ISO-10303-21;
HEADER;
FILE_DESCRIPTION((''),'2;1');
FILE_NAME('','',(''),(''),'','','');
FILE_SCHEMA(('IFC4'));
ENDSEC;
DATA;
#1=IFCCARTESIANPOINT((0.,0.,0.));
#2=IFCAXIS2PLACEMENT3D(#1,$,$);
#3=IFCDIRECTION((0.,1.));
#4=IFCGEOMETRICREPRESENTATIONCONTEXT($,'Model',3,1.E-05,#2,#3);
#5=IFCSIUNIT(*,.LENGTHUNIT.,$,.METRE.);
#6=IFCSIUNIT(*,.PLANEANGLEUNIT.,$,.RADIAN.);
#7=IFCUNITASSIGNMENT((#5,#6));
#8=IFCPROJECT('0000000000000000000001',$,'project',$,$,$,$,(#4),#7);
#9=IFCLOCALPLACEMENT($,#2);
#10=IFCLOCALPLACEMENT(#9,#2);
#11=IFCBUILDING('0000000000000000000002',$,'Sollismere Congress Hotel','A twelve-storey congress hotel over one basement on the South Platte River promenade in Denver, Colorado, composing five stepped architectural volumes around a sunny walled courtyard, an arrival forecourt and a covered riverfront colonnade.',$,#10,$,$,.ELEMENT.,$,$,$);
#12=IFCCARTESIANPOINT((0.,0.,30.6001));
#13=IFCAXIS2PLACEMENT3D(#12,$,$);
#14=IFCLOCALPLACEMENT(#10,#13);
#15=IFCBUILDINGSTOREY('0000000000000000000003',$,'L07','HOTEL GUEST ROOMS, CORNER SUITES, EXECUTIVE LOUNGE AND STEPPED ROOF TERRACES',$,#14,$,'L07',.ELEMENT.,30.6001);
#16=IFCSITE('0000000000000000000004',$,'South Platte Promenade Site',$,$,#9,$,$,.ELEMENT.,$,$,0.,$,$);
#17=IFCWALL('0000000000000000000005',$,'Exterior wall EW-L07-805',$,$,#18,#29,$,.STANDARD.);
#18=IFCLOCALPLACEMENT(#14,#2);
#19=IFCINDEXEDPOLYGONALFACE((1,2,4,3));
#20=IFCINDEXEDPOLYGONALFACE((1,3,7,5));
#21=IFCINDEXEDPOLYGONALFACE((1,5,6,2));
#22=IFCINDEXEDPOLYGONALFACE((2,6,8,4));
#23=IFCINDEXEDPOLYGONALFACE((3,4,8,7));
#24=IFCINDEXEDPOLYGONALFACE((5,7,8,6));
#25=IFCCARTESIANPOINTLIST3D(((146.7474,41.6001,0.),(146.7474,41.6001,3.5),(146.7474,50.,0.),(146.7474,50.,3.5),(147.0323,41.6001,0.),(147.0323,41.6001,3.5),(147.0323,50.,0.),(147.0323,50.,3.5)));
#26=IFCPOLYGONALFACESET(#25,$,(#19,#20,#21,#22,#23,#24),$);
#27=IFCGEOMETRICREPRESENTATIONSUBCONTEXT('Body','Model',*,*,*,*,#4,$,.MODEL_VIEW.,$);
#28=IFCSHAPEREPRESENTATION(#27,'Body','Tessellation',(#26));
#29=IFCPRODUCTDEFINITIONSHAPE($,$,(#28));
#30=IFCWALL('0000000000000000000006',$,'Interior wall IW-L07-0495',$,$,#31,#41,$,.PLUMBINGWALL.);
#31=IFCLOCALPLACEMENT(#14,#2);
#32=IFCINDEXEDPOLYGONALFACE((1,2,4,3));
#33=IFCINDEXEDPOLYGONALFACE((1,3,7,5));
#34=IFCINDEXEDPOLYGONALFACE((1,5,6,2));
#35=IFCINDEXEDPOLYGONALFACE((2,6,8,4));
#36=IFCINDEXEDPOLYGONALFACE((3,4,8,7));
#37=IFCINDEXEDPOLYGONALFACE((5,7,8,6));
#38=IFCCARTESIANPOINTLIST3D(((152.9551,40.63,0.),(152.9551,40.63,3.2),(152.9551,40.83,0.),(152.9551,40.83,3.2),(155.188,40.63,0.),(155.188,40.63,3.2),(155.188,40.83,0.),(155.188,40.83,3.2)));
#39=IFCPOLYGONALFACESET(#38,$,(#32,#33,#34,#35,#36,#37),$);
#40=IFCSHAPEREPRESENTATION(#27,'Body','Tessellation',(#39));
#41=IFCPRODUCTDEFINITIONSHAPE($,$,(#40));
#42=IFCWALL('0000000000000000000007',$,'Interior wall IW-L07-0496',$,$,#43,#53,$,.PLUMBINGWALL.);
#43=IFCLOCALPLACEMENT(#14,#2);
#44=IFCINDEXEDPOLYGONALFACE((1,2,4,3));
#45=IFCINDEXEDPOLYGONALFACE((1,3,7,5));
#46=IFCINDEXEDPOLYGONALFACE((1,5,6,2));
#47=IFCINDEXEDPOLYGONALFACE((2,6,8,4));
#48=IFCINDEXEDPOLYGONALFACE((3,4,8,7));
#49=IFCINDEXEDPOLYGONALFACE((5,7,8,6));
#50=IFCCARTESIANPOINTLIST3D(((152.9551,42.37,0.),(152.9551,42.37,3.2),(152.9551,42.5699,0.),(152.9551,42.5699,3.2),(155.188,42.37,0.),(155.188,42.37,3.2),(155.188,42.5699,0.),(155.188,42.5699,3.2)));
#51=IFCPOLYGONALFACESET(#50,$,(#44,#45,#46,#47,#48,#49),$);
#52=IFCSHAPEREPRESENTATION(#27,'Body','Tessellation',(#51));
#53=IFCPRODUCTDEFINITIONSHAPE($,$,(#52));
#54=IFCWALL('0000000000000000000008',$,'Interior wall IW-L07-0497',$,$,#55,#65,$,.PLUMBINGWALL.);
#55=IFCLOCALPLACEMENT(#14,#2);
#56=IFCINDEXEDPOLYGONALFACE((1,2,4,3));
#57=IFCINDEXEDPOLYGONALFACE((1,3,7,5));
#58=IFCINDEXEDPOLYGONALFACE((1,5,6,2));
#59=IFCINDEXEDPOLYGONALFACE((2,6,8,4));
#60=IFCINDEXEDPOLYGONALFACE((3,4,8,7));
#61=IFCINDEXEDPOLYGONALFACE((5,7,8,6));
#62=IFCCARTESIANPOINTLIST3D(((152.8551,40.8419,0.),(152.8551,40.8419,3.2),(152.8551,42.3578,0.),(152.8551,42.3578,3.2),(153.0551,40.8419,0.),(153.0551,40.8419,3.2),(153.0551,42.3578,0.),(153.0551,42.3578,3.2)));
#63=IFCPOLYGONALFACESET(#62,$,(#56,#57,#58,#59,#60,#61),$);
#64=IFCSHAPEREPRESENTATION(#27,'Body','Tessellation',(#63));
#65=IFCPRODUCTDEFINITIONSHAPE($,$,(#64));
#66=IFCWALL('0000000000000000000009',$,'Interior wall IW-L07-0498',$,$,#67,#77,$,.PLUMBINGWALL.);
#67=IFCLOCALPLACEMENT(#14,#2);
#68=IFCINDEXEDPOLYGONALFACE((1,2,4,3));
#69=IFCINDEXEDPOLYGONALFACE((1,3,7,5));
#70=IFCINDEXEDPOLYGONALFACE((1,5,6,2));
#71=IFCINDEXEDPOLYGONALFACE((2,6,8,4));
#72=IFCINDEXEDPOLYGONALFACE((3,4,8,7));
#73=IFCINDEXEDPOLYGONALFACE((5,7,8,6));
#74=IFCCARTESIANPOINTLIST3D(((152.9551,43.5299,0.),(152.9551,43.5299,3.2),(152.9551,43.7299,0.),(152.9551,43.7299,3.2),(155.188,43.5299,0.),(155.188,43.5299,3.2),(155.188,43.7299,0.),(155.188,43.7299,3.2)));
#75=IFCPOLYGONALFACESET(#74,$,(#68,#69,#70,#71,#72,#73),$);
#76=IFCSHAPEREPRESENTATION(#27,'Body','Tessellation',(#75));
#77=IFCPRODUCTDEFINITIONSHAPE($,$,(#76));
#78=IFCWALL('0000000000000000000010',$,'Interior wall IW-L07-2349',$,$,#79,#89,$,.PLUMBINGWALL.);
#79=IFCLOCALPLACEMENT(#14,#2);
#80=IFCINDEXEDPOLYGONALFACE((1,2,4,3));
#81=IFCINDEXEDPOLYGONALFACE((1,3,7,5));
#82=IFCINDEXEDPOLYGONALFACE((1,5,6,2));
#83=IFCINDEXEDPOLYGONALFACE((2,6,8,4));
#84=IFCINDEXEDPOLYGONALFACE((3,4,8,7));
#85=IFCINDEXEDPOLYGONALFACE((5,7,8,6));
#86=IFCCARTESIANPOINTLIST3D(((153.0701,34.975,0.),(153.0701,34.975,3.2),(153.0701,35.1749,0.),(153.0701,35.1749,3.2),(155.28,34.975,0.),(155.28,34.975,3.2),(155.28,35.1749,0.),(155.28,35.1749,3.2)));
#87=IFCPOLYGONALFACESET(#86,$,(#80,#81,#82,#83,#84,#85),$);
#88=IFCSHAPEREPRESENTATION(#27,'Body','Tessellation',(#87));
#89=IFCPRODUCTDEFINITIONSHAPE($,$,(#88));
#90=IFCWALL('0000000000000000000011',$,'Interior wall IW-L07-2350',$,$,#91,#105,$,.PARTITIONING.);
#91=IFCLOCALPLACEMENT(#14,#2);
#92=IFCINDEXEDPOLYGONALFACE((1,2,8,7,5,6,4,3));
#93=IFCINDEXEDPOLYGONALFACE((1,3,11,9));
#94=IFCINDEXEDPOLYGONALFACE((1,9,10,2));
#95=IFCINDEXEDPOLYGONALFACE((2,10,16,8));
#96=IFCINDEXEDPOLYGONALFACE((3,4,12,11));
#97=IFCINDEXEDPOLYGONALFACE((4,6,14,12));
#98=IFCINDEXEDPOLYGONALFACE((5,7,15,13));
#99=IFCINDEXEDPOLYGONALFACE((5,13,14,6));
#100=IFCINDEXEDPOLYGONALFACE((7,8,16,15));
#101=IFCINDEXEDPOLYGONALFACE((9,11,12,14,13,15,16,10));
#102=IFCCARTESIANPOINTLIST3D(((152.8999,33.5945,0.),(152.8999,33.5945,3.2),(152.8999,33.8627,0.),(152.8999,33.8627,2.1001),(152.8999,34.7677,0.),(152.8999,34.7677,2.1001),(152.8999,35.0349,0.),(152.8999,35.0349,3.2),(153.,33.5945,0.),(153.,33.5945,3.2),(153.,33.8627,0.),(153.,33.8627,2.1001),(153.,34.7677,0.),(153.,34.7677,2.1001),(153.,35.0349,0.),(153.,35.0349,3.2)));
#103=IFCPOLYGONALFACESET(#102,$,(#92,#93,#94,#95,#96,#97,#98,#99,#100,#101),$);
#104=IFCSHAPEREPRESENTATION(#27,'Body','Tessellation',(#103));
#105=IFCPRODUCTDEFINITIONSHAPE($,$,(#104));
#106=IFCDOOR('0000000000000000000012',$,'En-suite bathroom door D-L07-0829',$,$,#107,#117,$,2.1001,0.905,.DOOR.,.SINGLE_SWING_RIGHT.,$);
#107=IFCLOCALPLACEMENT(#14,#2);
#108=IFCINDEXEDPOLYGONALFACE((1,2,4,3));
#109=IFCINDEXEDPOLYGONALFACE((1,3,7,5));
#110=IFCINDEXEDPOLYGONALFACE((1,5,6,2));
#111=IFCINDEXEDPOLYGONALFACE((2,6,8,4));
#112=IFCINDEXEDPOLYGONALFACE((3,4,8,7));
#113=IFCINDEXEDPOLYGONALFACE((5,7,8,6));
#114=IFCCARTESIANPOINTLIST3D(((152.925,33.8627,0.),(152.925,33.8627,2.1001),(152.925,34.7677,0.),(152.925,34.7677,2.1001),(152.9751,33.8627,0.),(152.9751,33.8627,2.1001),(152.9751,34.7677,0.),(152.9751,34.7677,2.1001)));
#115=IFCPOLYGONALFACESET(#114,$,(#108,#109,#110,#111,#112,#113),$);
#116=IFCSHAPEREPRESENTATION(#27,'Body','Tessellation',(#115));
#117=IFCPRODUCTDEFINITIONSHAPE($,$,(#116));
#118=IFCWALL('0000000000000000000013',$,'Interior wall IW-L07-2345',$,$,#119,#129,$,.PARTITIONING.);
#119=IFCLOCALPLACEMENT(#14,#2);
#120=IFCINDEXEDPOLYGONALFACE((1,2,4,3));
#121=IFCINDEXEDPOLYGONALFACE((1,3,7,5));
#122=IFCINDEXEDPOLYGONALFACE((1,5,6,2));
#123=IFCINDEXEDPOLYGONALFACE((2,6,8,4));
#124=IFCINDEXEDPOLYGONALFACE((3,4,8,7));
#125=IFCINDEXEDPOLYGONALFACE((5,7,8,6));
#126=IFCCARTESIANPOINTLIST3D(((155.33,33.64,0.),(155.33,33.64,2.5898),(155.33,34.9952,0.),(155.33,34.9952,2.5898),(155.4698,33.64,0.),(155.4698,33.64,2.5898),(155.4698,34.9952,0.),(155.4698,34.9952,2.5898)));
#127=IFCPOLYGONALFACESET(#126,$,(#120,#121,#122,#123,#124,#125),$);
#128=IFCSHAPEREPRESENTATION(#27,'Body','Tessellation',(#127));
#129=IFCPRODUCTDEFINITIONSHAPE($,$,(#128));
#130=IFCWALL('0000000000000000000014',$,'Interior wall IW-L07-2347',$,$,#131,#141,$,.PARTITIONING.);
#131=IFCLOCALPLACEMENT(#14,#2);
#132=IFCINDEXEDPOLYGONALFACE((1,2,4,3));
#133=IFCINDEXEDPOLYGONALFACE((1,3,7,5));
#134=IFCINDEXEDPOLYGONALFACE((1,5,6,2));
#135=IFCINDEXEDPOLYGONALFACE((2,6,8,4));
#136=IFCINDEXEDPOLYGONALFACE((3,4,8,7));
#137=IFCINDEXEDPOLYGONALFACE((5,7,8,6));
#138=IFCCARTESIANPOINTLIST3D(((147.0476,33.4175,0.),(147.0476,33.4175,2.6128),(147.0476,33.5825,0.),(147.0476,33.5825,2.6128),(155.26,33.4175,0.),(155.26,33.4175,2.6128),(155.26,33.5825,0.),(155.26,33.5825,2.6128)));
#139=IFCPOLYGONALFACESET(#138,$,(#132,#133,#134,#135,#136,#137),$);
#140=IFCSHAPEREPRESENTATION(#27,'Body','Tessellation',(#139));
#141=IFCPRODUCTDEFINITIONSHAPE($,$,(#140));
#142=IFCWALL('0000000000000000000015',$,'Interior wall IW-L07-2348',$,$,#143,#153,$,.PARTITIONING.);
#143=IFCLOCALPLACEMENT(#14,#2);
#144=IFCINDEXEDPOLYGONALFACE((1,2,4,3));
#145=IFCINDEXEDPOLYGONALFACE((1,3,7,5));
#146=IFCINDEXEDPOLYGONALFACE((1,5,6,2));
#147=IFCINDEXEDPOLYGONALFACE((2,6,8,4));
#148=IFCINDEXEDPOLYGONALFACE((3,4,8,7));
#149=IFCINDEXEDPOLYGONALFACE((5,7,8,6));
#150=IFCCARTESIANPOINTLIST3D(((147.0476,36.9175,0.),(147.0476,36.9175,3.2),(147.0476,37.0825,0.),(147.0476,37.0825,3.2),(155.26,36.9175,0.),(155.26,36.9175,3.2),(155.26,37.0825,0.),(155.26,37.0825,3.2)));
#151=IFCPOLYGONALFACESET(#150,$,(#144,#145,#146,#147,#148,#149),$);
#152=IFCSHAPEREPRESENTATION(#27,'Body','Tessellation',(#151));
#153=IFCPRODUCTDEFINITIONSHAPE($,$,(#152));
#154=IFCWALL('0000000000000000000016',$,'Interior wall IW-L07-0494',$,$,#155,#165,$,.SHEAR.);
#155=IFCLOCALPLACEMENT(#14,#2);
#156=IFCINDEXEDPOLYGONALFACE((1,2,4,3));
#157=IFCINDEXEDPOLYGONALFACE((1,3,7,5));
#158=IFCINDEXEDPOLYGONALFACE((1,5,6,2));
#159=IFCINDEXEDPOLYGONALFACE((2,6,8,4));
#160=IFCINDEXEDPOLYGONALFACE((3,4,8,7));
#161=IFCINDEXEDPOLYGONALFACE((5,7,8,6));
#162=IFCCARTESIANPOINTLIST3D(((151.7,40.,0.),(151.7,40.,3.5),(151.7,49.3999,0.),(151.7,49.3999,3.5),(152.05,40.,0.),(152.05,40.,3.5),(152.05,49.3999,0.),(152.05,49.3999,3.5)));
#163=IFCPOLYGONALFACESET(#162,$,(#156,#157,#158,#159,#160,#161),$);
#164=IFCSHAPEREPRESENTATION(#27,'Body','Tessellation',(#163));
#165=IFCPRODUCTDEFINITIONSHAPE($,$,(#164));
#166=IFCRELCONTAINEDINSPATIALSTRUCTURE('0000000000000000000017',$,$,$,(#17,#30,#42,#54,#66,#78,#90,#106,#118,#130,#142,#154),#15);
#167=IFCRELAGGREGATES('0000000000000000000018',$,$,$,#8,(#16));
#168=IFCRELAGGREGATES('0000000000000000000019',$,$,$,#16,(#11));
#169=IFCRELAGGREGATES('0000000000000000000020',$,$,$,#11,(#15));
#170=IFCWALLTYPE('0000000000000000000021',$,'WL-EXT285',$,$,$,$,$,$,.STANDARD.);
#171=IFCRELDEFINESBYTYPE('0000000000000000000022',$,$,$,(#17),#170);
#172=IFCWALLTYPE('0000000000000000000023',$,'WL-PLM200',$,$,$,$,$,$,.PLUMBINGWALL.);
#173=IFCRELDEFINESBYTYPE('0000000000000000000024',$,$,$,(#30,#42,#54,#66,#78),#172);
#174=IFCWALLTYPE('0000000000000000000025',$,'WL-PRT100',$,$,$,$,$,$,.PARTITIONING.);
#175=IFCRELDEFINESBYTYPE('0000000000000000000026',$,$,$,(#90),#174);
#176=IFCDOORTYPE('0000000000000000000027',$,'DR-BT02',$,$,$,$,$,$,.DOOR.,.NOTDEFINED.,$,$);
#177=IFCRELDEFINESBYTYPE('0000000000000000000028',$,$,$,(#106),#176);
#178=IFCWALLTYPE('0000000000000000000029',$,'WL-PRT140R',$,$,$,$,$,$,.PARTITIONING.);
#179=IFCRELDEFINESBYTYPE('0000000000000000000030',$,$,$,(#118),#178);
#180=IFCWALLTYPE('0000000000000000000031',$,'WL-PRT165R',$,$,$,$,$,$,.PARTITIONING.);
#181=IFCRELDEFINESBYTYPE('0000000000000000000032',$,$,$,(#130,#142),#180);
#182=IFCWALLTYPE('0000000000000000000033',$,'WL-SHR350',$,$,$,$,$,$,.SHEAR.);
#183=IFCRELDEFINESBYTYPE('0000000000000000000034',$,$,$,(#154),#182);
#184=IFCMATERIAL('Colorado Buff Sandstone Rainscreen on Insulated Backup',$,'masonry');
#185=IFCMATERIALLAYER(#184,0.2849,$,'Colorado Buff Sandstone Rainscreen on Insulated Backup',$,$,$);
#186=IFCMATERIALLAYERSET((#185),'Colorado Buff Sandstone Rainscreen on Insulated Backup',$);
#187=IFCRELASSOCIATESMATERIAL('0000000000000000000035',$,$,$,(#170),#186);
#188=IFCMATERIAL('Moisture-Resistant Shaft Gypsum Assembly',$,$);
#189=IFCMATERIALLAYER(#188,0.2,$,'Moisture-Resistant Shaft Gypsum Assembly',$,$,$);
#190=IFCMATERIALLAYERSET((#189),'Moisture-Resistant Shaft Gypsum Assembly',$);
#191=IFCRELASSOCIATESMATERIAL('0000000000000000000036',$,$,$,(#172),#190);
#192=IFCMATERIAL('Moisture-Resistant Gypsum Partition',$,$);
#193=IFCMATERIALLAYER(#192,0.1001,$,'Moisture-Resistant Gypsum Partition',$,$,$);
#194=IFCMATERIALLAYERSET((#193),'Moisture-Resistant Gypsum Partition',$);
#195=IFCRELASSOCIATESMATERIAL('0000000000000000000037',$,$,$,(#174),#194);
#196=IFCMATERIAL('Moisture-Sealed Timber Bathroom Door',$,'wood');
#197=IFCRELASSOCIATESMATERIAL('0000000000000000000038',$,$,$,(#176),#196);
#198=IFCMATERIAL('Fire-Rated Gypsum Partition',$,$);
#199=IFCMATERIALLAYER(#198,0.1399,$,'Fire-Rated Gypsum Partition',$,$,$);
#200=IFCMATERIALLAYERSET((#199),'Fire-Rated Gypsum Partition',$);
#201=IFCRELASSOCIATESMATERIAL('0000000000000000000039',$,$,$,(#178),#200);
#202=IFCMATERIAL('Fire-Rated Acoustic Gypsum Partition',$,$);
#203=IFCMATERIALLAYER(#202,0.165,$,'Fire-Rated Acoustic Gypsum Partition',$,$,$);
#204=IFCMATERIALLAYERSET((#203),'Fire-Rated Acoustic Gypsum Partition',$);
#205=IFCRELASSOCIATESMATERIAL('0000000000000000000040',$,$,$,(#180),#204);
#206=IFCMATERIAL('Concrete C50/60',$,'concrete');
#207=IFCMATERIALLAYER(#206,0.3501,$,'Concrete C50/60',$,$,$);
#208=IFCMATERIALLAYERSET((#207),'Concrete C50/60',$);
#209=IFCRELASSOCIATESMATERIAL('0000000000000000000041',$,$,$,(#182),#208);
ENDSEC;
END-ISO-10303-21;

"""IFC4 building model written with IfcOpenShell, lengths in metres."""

from ifc_helpers import new_model, si_unit, direction, frame, frame_2d, origin, place, context, subcontext, project, spatial, rectangle, extrude, material, layer, layer_set, type_object, element, fill, save


model = new_model("IFC4")

# Units and contexts
model_context = context("Model", 3, precision=1e-05, world=origin(), true_north=direction((0.0, 1.0)))
body_context = subcontext(model_context, "Body", "Model", "MODEL_VIEW")
ifc_project = project(units=[si_unit("LENGTHUNIT", "METRE"), si_unit("PLANEANGLEUNIT", "RADIAN")], contexts=[model_context])

# Site, building, storey
site_placement = place(None, origin())
site = spatial("IfcSite", under=ifc_project, at=site_placement, Name="South Platte Promenade Site", CompositionType="ELEMENT", RefElevation=0.0)
building_placement = place(site_placement, origin())
building = spatial("IfcBuilding", under=site, at=building_placement, Name="Sollismere Congress Hotel", Description="A twelve-storey congress hotel over one basement on the South Platte River promenade in Denver, Colorado, composing five stepped architectural volumes around a sunny walled courtyard, an arrival forecourt and a covered riverfront colonnade.", CompositionType="ELEMENT")
storey_placement = place(building_placement, frame((0.0, 0.0, 30.6001)))
storey = spatial("IfcBuildingStorey", under=building, at=storey_placement, Name="L07", Description="HOTEL GUEST ROOMS, CORNER SUITES, EXECUTIVE LOUNGE AND STEPPED ROOF TERRACES", LongName="L07", CompositionType="ELEMENT", Elevation=30.6001)

# Walls
ifc_material_1 = material(Name="Colorado Buff Sandstone Rainscreen on Insulated Backup", Category="masonry")
ifc_layer_1 = layer(ifc_material_1, 0.2849, Name="Colorado Buff Sandstone Rainscreen on Insulated Backup")
ifc_layer_set_1 = layer_set([ifc_layer_1], Name="Colorado Buff Sandstone Rainscreen on Insulated Backup")
wall_type_1 = type_object("IfcWallType", Name="WL-EXT285", PredefinedType="STANDARD", material=ifc_layer_set_1)
wall_1_placement = place(storey_placement, frame((146.8899, 41.6001, 0.0), z_axis=(0.0, 0.0, 1.0), x_axis=(0.0, 1.0, 0.0)))
element("IfcWall", 1, at=wall_1_placement, inside=storey, type_object=wall_type_1, Name="Exterior wall EW-L07-805", PredefinedType="STANDARD", context=body_context, shape_type="SweptSolid", body=[
    extrude(rectangle(XDim=8.3999, YDim=0.2849, at=frame_2d((4.2, 0.0))), origin(), (0.0, 0.0, 1.0), 3.5),
])
ifc_material_2 = material(Name="Moisture-Resistant Shaft Gypsum Assembly")
ifc_layer_2 = layer(ifc_material_2, 0.2, Name="Moisture-Resistant Shaft Gypsum Assembly")
ifc_layer_set_2 = layer_set([ifc_layer_2], Name="Moisture-Resistant Shaft Gypsum Assembly")
wall_type_2 = type_object("IfcWallType", Name="WL-PLM200", PredefinedType="PLUMBINGWALL", material=ifc_layer_set_2)
for number, where, z_axis, x_axis, name in (
    (2, (152.9551, 40.73, 0.0), (0.0, 0.0, 1.0), (1.0, 0.0, 0.0), "Interior wall IW-L07-0495"),
    (3, (152.9551, 42.47, 0.0), (0.0, 0.0, 1.0), (1.0, 0.0, 0.0), "Interior wall IW-L07-0496"),
):
    element("IfcWall", number, at=place(storey_placement, frame(where, z_axis=z_axis, x_axis=x_axis)), inside=storey, type_object=wall_type_2, Name=name, PredefinedType="PLUMBINGWALL", context=body_context, shape_type="SweptSolid", body=[
        extrude(rectangle(XDim=2.2329, YDim=0.2, at=frame_2d((1.1165, 0.0))), origin(), (0.0, 0.0, 1.0), 3.2),
    ])
wall_2_placement = place(storey_placement, frame((152.9551, 40.842, 0.0), z_axis=(0.0, 0.0, 1.0), x_axis=(0.0, 1.0, 0.0)))
element("IfcWall", 4, at=wall_2_placement, inside=storey, type_object=wall_type_2, Name="Interior wall IW-L07-0497", PredefinedType="PLUMBINGWALL", context=body_context, shape_type="SweptSolid", body=[
    extrude(rectangle(XDim=1.5159, YDim=0.2, at=frame_2d((0.7578, 0.0))), origin(), (0.0, 0.0, 1.0), 3.2),
])
wall_3_placement = place(storey_placement, frame((152.9551, 43.6299, 0.0), z_axis=(0.0, 0.0, 1.0), x_axis=(1.0, 0.0, 0.0)))
element("IfcWall", 5, at=wall_3_placement, inside=storey, type_object=wall_type_2, Name="Interior wall IW-L07-0498", PredefinedType="PLUMBINGWALL", context=body_context, shape_type="SweptSolid", body=[
    extrude(rectangle(XDim=2.2329, YDim=0.2, at=frame_2d((1.1165, 0.0))), origin(), (0.0, 0.0, 1.0), 3.2),
])
wall_4_placement = place(storey_placement, frame((153.0701, 35.075, 0.0), z_axis=(0.0, 0.0, 1.0), x_axis=(1.0, 0.0, 0.0)))
element("IfcWall", 6, at=wall_4_placement, inside=storey, type_object=wall_type_2, Name="Interior wall IW-L07-2349", PredefinedType="PLUMBINGWALL", context=body_context, shape_type="SweptSolid", body=[
    extrude(rectangle(XDim=2.21, YDim=0.2, at=frame_2d((1.105, 0.0))), origin(), (0.0, 0.0, 1.0), 3.2),
])

# Wall, opening, door
ifc_material_3 = material(Name="Moisture-Resistant Gypsum Partition")
ifc_layer_3 = layer(ifc_material_3, 0.1001, Name="Moisture-Resistant Gypsum Partition")
ifc_layer_set_3 = layer_set([ifc_layer_3], Name="Moisture-Resistant Gypsum Partition")
wall_type_3 = type_object("IfcWallType", Name="WL-PRT100", PredefinedType="PARTITIONING", material=ifc_layer_set_3)
wall_5_placement = place(storey_placement, frame((152.95, 33.5945, 0.0), z_axis=(0.0, 0.0, 1.0), x_axis=(0.0, 1.0, 0.0)))
wall_5 = element("IfcWall", 7, at=wall_5_placement, inside=storey, type_object=wall_type_3, Name="Interior wall IW-L07-2350", PredefinedType="PARTITIONING", context=body_context, shape_type="SweptSolid", body=[
    extrude(rectangle(XDim=1.4404, YDim=0.1001, at=frame_2d((0.7202, 0.0))), origin(), (0.0, 0.0, 1.0), 3.2),
])
opening_1_placement = place(wall_5_placement, frame((0.2681, 0.0, 0.0)))
opening_1 = element("IfcOpeningElement", 8, at=opening_1_placement, cuts=wall_5, PredefinedType="OPENING", context=body_context, shape_type="SweptSolid", body=[
    extrude(rectangle(XDim=0.905, YDim=2.1001, at=frame_2d((0.4526, 1.05))), frame((0.0, 0.0601, 0.0), z_axis=(0.0, -1.0, 0.0), x_axis=(1.0, 0.0, 0.0)), (0.0, 0.0, 1.0), 0.1201),
])
ifc_material_4 = material(Name="Moisture-Sealed Timber Bathroom Door", Category="wood")
door_type_1 = type_object("IfcDoorType", Name="DR-BT02", OperationType="NOTDEFINED", PredefinedType="DOOR", material=ifc_material_4)
door_1_placement = place(opening_1_placement, origin())
door_1 = element("IfcDoor", 9, at=door_1_placement, inside=storey, type_object=door_type_1, Name="En-suite bathroom door D-L07-0829", OperationType="SINGLE_SWING_RIGHT", OverallHeight=2.1001, OverallWidth=0.905, PredefinedType="DOOR", context=body_context, shape_type="SweptSolid", body=[
    extrude(rectangle(XDim=0.905, YDim=2.1001, at=frame_2d((0.4526, 1.05))), frame((0.0, 0.0249, 0.0), z_axis=(0.0, -1.0, 0.0), x_axis=(1.0, 0.0, 0.0)), (0.0, 0.0, 1.0), 0.05),
])
fill(opening_1, door_1)

# Wall
ifc_material_5 = material(Name="Fire-Rated Gypsum Partition")
ifc_layer_4 = layer(ifc_material_5, 0.1399, Name="Fire-Rated Gypsum Partition")
ifc_layer_set_4 = layer_set([ifc_layer_4], Name="Fire-Rated Gypsum Partition")
wall_type_4 = type_object("IfcWallType", Name="WL-PRT140R", PredefinedType="PARTITIONING", material=ifc_layer_set_4)
wall_6_placement = place(storey_placement, frame((155.3999, 33.6399, 0.0), z_axis=(0.0, 0.0, 1.0), x_axis=(0.0, 1.0, 0.0)))
element("IfcWall", 10, at=wall_6_placement, inside=storey, type_object=wall_type_4, Name="Interior wall IW-L07-2345", PredefinedType="PARTITIONING", context=body_context, shape_type="SweptSolid", body=[
    extrude(rectangle(XDim=1.3552, YDim=0.1399, at=frame_2d((0.6777, 0.0))), origin(), (0.0, 0.0, 1.0), 2.5898),
])

# Walls
ifc_material_6 = material(Name="Fire-Rated Acoustic Gypsum Partition")
ifc_layer_5 = layer(ifc_material_6, 0.165, Name="Fire-Rated Acoustic Gypsum Partition")
ifc_layer_set_5 = layer_set([ifc_layer_5], Name="Fire-Rated Acoustic Gypsum Partition")
wall_type_5 = type_object("IfcWallType", Name="WL-PRT165R", PredefinedType="PARTITIONING", material=ifc_layer_set_5)
wall_7_placement = place(storey_placement, frame((147.0476, 33.5, 0.0), z_axis=(0.0, 0.0, 1.0), x_axis=(1.0, 0.0, 0.0)))
element("IfcWall", 11, at=wall_7_placement, inside=storey, type_object=wall_type_5, Name="Interior wall IW-L07-2347", PredefinedType="PARTITIONING", context=body_context, shape_type="SweptSolid", body=[
    extrude(rectangle(XDim=8.2124, YDim=0.165, at=frame_2d((4.1062, 0.0))), origin(), (0.0, 0.0, 1.0), 2.6128),
])
wall_8_placement = place(storey_placement, frame((147.0476, 37.0, 0.0), z_axis=(0.0, 0.0, 1.0), x_axis=(1.0, 0.0, 0.0)))
element("IfcWall", 12, at=wall_8_placement, inside=storey, type_object=wall_type_5, Name="Interior wall IW-L07-2348", PredefinedType="PARTITIONING", context=body_context, shape_type="SweptSolid", body=[
    extrude(rectangle(XDim=8.2124, YDim=0.165, at=frame_2d((4.1062, 0.0))), origin(), (0.0, 0.0, 1.0), 3.2),
])
ifc_material_7 = material(Name="Concrete C50/60", Category="concrete")
ifc_layer_6 = layer(ifc_material_7, 0.3501, Name="Concrete C50/60")
ifc_layer_set_6 = layer_set([ifc_layer_6], Name="Concrete C50/60")
wall_type_6 = type_object("IfcWallType", Name="WL-SHR350", PredefinedType="SHEAR", material=ifc_layer_set_6)
wall_9_placement = place(storey_placement, frame((151.875, 40.0, 0.0), z_axis=(0.0, 0.0, 1.0), x_axis=(0.0, 1.0, 0.0)))
element("IfcWall", 13, at=wall_9_placement, inside=storey, type_object=wall_type_6, Name="Interior wall IW-L07-0494", PredefinedType="SHEAR", context=body_context, shape_type="SweptSolid", body=[
    extrude(rectangle(XDim=9.3999, YDim=0.3501, at=frame_2d((4.7, 0.0))), origin(), (0.0, 0.0, 1.0), 3.5),
])

save(model, "model.ifc")
